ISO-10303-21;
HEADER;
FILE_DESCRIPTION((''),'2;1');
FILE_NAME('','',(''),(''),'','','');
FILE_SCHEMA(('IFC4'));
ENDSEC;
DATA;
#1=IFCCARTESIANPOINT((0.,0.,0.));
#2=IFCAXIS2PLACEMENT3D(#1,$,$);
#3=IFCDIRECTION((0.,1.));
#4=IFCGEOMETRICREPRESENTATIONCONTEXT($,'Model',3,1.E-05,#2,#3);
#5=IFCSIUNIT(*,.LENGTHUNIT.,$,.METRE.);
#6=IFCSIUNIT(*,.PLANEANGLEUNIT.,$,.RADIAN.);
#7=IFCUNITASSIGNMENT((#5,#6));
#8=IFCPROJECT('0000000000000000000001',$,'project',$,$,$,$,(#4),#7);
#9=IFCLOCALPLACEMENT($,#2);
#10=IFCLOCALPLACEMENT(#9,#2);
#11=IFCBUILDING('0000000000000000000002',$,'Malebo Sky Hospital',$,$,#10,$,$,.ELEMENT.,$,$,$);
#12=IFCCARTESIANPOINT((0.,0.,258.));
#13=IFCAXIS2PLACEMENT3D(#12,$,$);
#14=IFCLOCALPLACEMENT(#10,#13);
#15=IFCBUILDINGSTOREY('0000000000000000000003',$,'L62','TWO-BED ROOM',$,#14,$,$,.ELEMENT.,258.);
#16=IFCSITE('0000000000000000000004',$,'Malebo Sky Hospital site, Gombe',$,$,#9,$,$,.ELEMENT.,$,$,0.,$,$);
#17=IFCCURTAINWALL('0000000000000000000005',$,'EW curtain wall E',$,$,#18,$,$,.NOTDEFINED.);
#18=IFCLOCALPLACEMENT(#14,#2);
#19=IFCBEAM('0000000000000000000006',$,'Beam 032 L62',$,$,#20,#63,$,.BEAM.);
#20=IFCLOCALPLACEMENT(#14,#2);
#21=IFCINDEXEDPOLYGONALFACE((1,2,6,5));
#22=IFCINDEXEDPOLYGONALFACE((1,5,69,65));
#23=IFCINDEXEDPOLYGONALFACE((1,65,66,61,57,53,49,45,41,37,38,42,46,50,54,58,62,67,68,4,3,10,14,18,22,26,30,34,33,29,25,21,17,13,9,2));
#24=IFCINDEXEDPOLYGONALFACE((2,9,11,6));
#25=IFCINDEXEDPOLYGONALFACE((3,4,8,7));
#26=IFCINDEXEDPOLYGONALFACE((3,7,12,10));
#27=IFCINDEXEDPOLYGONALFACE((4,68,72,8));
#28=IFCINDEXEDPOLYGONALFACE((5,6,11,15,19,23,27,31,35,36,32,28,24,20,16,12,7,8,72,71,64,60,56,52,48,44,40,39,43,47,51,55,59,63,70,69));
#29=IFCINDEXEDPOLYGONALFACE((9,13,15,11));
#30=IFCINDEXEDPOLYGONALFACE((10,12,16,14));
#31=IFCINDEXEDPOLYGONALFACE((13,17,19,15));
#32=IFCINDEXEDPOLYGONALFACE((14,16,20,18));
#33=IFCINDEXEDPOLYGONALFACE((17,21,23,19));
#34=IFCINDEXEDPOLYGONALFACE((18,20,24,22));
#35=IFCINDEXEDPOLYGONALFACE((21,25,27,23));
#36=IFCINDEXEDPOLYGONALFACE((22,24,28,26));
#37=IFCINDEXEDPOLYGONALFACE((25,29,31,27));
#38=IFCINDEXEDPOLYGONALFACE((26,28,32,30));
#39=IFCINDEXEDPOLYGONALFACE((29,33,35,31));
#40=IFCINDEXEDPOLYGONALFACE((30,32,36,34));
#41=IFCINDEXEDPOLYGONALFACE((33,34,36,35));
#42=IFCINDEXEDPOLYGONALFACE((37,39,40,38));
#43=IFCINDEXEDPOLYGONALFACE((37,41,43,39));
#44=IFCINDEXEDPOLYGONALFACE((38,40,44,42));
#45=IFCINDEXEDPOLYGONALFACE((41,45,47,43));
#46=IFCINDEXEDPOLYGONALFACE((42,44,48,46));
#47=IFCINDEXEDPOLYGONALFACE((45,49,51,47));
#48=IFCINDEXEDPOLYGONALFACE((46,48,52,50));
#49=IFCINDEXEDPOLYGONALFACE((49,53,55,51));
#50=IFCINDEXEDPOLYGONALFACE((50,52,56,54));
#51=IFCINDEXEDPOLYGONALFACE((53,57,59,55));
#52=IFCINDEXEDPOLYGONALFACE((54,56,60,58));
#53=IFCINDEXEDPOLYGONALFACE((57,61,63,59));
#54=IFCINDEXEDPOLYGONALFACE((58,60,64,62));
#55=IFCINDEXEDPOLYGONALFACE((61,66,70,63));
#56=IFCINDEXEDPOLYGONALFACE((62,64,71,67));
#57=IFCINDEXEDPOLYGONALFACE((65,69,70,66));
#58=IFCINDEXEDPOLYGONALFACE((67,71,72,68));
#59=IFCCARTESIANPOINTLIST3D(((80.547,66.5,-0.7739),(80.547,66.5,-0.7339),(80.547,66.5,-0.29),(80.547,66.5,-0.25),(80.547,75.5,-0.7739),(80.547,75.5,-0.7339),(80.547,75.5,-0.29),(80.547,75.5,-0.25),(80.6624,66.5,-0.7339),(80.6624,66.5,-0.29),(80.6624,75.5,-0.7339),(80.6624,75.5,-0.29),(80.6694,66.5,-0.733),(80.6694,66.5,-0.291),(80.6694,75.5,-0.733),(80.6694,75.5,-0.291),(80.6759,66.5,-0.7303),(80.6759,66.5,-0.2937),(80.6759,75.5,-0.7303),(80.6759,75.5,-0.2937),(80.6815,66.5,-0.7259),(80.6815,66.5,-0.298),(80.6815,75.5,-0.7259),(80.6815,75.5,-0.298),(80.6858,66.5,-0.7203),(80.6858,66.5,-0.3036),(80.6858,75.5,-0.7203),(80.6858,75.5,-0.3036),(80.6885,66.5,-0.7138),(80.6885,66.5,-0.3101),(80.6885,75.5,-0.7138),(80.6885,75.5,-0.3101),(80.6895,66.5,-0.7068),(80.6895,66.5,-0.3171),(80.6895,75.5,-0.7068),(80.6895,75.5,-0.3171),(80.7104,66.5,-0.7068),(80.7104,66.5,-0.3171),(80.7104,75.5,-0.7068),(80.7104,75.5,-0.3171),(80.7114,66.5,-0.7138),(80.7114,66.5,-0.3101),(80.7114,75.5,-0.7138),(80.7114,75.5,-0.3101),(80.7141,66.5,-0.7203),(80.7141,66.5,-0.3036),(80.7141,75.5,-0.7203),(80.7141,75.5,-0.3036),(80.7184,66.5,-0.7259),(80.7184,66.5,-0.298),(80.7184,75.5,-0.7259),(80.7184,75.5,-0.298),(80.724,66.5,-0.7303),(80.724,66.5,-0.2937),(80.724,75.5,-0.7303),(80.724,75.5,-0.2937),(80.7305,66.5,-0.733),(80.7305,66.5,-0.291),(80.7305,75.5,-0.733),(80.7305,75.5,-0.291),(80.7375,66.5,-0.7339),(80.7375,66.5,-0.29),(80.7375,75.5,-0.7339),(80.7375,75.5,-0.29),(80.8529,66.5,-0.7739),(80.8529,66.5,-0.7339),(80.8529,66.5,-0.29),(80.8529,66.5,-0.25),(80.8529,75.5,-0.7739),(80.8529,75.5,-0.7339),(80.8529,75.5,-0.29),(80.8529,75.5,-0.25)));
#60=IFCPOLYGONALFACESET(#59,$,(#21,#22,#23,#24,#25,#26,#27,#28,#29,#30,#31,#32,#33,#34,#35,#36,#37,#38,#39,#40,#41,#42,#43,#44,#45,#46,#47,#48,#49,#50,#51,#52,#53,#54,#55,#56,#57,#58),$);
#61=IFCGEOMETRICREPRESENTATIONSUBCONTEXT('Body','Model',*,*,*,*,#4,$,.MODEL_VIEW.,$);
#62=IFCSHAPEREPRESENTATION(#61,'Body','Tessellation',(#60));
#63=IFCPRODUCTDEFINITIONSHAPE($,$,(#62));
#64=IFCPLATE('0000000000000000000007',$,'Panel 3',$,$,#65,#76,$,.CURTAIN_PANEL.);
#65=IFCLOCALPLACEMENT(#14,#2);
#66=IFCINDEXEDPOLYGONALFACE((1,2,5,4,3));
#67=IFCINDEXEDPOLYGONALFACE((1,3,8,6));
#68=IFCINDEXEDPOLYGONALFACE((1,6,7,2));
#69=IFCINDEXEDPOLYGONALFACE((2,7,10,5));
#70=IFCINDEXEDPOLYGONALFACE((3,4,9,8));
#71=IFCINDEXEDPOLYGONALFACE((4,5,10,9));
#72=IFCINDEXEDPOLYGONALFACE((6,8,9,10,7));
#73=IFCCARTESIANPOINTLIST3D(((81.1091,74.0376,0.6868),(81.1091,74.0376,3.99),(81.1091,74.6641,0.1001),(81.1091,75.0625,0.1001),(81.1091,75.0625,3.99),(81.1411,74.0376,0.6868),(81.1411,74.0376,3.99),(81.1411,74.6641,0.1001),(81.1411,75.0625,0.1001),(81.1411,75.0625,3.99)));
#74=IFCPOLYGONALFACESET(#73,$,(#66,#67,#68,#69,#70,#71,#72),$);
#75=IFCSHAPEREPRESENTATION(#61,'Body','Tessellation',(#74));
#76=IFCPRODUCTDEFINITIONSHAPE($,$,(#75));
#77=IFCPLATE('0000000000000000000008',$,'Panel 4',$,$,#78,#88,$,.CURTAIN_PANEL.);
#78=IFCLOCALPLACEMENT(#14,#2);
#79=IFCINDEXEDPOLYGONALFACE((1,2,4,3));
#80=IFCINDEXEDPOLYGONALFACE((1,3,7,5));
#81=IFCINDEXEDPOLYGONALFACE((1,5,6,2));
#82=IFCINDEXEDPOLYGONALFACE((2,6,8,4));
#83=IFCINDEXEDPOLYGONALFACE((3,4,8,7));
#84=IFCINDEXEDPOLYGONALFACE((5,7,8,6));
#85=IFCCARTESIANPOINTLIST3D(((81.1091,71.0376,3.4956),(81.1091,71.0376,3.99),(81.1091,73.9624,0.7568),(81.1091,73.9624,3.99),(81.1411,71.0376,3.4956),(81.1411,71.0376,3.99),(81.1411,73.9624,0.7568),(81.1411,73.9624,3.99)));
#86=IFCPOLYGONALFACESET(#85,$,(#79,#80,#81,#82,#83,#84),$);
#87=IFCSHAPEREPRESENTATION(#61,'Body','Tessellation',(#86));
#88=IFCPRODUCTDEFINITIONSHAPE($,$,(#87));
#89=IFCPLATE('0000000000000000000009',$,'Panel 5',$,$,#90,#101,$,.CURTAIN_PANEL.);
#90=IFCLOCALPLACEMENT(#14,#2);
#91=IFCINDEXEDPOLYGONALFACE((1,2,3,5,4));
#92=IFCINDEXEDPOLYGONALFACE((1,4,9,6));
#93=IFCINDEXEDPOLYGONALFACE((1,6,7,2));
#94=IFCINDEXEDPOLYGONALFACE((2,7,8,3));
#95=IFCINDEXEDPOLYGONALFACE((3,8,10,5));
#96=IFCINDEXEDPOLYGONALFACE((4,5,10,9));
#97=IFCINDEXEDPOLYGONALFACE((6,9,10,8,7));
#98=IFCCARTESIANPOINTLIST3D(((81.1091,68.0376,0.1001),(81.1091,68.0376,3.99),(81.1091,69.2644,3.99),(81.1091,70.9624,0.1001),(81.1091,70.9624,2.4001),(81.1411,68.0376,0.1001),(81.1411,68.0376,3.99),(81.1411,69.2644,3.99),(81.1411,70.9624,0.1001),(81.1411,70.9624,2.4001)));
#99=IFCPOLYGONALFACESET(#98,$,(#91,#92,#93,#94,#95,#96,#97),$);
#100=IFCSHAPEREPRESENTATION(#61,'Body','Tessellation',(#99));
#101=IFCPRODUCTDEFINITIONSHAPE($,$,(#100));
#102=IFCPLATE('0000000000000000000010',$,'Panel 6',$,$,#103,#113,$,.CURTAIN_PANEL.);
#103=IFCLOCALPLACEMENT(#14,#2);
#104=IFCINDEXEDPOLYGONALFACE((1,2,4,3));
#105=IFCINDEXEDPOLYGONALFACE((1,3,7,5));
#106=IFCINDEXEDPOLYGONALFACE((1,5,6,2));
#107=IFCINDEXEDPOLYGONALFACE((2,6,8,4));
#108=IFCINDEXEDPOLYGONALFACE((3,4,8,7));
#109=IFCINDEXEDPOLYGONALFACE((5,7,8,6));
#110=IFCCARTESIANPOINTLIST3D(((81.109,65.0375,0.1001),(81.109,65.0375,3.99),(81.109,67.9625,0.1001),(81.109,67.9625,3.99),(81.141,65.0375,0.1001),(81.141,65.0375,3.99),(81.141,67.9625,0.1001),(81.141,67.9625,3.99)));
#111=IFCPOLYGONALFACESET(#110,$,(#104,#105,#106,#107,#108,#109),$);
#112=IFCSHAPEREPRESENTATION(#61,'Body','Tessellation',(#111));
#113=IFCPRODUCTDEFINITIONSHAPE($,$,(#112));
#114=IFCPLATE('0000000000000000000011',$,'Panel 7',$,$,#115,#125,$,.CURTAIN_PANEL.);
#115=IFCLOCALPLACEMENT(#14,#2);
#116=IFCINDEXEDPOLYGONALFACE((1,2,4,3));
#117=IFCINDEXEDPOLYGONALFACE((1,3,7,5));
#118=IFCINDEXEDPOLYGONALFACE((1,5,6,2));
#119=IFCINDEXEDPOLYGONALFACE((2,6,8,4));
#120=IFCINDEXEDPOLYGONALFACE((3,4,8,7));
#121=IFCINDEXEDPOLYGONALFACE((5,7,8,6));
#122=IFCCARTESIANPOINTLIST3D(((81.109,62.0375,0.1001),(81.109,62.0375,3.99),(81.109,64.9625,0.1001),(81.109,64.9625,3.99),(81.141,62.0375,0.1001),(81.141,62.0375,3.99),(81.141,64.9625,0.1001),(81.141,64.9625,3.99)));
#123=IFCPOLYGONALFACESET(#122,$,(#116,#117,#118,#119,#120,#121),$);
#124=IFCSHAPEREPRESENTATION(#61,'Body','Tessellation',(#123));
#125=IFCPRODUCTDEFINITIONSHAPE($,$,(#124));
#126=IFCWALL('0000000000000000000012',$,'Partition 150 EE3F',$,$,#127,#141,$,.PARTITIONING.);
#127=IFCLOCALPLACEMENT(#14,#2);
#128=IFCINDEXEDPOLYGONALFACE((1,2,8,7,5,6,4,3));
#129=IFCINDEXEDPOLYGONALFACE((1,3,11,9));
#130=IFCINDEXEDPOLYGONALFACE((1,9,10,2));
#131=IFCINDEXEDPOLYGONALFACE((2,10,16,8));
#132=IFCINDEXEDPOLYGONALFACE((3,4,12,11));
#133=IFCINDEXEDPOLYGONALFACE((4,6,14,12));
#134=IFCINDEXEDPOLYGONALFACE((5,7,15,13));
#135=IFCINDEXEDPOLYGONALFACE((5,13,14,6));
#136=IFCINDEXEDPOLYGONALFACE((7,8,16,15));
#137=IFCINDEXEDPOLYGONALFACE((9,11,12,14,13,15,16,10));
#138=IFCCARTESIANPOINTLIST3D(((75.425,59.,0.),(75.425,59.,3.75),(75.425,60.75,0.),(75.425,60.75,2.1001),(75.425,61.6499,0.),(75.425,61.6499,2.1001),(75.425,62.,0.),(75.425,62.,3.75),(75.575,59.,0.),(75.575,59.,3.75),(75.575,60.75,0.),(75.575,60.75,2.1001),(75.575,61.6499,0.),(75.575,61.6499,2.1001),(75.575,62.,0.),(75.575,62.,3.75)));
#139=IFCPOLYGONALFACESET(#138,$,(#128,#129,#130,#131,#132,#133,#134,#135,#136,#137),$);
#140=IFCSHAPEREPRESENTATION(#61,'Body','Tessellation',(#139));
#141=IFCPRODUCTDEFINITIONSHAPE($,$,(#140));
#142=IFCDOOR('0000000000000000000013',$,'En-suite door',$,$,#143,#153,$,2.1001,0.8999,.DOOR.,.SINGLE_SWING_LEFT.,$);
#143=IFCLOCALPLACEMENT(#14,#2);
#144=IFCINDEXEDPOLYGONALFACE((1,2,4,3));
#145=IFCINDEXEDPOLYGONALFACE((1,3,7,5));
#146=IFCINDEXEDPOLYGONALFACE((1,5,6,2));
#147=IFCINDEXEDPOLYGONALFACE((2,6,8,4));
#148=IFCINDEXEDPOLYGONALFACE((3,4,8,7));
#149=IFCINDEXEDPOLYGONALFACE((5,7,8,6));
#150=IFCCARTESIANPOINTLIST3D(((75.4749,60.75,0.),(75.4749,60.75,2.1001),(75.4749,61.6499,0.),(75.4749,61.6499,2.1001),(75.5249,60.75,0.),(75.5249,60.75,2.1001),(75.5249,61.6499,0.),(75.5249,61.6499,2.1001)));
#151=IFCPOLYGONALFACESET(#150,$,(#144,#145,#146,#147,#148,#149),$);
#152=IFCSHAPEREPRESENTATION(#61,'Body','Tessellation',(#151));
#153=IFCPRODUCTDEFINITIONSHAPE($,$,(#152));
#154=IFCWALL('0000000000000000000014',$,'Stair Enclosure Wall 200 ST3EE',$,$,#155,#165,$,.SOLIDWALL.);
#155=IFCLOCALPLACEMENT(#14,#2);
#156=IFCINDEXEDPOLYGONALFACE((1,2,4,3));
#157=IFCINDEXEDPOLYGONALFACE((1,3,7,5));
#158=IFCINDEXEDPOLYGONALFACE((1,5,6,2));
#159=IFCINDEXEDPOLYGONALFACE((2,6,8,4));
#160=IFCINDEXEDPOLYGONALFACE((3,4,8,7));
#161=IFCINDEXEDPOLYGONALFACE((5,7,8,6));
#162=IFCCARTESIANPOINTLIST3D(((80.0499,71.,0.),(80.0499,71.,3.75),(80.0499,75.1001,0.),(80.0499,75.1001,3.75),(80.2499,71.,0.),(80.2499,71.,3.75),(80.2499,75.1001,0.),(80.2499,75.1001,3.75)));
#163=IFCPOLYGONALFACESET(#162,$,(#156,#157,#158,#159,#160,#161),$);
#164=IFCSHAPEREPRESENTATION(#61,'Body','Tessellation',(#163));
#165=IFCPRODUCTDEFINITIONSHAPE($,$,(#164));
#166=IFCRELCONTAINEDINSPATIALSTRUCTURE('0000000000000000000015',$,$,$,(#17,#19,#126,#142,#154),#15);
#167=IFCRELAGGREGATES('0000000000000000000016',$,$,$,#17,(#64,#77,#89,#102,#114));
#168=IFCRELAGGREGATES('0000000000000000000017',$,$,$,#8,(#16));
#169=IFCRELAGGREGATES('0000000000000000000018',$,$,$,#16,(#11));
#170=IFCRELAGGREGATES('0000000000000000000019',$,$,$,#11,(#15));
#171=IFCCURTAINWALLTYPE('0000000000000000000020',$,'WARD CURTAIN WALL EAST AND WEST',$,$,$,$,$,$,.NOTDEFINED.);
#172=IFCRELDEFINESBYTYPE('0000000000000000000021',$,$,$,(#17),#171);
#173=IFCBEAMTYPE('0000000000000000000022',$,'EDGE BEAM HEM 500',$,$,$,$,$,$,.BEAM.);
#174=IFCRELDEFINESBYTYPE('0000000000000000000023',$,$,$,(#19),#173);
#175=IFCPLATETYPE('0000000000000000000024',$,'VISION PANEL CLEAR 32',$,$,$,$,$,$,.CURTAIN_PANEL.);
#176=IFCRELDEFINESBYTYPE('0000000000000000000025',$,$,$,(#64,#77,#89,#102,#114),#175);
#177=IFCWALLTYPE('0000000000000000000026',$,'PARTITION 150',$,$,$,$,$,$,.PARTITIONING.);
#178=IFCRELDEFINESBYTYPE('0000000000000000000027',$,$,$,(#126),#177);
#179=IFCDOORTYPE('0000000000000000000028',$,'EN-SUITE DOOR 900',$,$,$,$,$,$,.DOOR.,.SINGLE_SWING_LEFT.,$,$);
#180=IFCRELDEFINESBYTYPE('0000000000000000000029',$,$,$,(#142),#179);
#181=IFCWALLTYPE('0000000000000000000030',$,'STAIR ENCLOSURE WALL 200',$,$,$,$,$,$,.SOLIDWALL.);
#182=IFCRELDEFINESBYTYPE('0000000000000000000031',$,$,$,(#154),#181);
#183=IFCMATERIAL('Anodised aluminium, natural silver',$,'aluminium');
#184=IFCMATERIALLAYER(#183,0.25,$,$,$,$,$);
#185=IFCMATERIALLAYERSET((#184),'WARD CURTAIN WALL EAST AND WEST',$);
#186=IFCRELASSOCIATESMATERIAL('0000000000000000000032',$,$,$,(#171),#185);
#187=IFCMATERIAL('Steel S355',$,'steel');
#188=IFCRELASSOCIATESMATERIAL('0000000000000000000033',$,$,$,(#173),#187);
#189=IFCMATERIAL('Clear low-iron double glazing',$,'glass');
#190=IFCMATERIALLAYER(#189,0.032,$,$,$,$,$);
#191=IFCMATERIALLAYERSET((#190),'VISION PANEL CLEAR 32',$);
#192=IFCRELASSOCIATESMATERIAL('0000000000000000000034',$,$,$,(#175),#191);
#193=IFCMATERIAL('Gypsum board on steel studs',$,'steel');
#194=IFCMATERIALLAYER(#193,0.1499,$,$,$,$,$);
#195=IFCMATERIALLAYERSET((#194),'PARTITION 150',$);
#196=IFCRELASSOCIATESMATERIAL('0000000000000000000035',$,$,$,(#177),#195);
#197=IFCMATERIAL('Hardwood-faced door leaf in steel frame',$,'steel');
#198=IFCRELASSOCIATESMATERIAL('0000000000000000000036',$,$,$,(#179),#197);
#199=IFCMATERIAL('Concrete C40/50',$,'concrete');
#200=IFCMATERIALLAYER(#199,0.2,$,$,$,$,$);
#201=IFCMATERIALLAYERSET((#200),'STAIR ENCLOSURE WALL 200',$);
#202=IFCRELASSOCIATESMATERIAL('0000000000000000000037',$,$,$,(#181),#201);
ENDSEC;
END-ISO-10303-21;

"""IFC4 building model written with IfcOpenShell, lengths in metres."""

from ifc_helpers import new_model, si_unit, direction, frame, frame_2d, origin, origin_2d, place, context, subcontext, project, spatial, polyline, rectangle, i_section, outline, extrude, material, layer, layer_set, material_profile, profile_set, type_object, element, fill, aggregate, save


model = new_model("IFC4")

# Units and contexts
model_context = context("Model", 3, precision=1e-05, world=origin(), true_north=direction((0.0, 1.0)))
body_context = subcontext(model_context, "Body", "Model", "MODEL_VIEW")
ifc_project = project(units=[si_unit("LENGTHUNIT", "METRE"), si_unit("PLANEANGLEUNIT", "RADIAN")], contexts=[model_context])

# Site, building, storey
site_placement = place(None, origin())
site = spatial("IfcSite", under=ifc_project, at=site_placement, Name="Malebo Sky Hospital site, Gombe", CompositionType="ELEMENT", RefElevation=0.0)
building_placement = place(site_placement, origin())
building = spatial("IfcBuilding", under=site, at=building_placement, Name="Malebo Sky Hospital", CompositionType="ELEMENT")
storey_placement = place(building_placement, frame((0.0, 0.0, 258.0)))
storey = spatial("IfcBuildingStorey", under=building, at=storey_placement, Name="L62", Description="TWO-BED ROOM", CompositionType="ELEMENT", Elevation=258.0)

# Curtain wall
ifc_material_1 = material(Name="Anodised aluminium, natural silver", Category="aluminium")
ifc_layer_1 = layer(ifc_material_1, 0.25)
ifc_layer_set_1 = layer_set([ifc_layer_1], Name="WARD CURTAIN WALL EAST AND WEST")
curtain_wall_type = type_object("IfcCurtainWallType", Name="WARD CURTAIN WALL EAST AND WEST", PredefinedType="NOTDEFINED", material=ifc_layer_set_1)
curtain_wall_placement = place(storey_placement, origin())
curtain_wall = element("IfcCurtainWall", 1, at=curtain_wall_placement, inside=storey, type_object=curtain_wall_type, Name="EW curtain wall E", PredefinedType="NOTDEFINED")

# Shared definitions
ifc_material_2 = material(Name="Steel S355", Category="steel")

# Beam
ifc_material_profile_1 = material_profile(ifc_material_2, i_section(OverallWidth=0.3059, OverallDepth=0.5239, WebThickness=0.021, FlangeThickness=0.04, FilletRadius=0.0271, at=origin_2d()), Name="HEM 500")
ifc_profile_set_1 = profile_set([ifc_material_profile_1], Name="Steel S355")
beam_type = type_object("IfcBeamType", Name="EDGE BEAM HEM 500", PredefinedType="BEAM", material=ifc_profile_set_1)
beam_placement = place(storey_placement, frame((80.7, 66.5, -0.512), z_axis=(0.0, 1.0, 0.0), x_axis=(-1.0, 0.0, 0.0)))
element("IfcBeam", 2, at=beam_placement, inside=storey, type_object=beam_type, Name="Beam 032 L62", PredefinedType="BEAM", context=body_context, shape_type="SweptSolid", body=[
    extrude(i_section(OverallWidth=0.3059, OverallDepth=0.5239, WebThickness=0.021, FlangeThickness=0.04, FilletRadius=0.0271, at=origin_2d()), origin(), (0.0, 0.0, 1.0), 9.0),
])

# Plates
ifc_material_3 = material(Name="Clear low-iron double glazing", Category="glass")
ifc_layer_2 = layer(ifc_material_3, 0.032)
ifc_layer_set_2 = layer_set([ifc_layer_2], Name="VISION PANEL CLEAR 32")
plate_type = type_object("IfcPlateType", Name="VISION PANEL CLEAR 32", PredefinedType="CURTAIN_PANEL", material=ifc_layer_set_2)
plate_1_placement = place(storey_placement, frame((81.125, 74.55, 0.1001), z_axis=(0.0, 0.0, 1.0), x_axis=(0.0, -1.0, 0.0)))
plate_1 = element("IfcPlate", 3, at=plate_1_placement, type_object=plate_type, Name="Panel 3", PredefinedType="CURTAIN_PANEL", context=body_context, shape_type="SweptSolid", body=[
    extrude(outline(polyline([(-0.5125, 0.0), (-0.114, 0.0), (0.5125, 0.5867), (0.5125, 3.8899), (-0.5125, 3.8899), (-0.5125, 0.0)])), frame((0.0, 0.0161, 0.0), z_axis=(0.0, -1.0, 0.0), x_axis=(1.0, 0.0, 0.0)), (0.0, 0.0, 1.0), 0.032),
])
plate_2_placement = place(storey_placement, frame((81.125, 72.5, 0.7568), z_axis=(0.0, 0.0, 1.0), x_axis=(0.0, -1.0, 0.0)))
plate_2 = element("IfcPlate", 4, at=plate_2_placement, type_object=plate_type, Name="Panel 4", PredefinedType="CURTAIN_PANEL", context=body_context, shape_type="SweptSolid", body=[
    extrude(outline(polyline([(-1.4624, 0.0), (1.4624, 2.7388), (1.4624, 3.2332), (-1.4624, 3.2332), (-1.4624, 0.0)])), frame((0.0, 0.0161, 0.0), z_axis=(0.0, -1.0, 0.0), x_axis=(1.0, 0.0, 0.0)), (0.0, 0.0, 1.0), 0.032),
])
plate_3_placement = place(storey_placement, frame((81.125, 69.5, 0.1001), z_axis=(0.0, 0.0, 1.0), x_axis=(0.0, -1.0, 0.0)))
plate_3 = element("IfcPlate", 5, at=plate_3_placement, type_object=plate_type, Name="Panel 5", PredefinedType="CURTAIN_PANEL", context=body_context, shape_type="SweptSolid", body=[
    extrude(outline(polyline([(-1.4624, 0.0), (1.4624, 0.0), (1.4624, 3.8899), (0.2356, 3.8899), (-1.4624, 2.3), (-1.4624, 0.0)])), frame((0.0, 0.0161, 0.0), z_axis=(0.0, -1.0, 0.0), x_axis=(1.0, 0.0, 0.0)), (0.0, 0.0, 1.0), 0.032),
])
plate_4_placement = place(storey_placement, frame((81.125, 66.5, 0.1001), z_axis=(0.0, 0.0, 1.0), x_axis=(0.0, -1.0, 0.0)))
plate_4 = element("IfcPlate", 6, at=plate_4_placement, type_object=plate_type, Name="Panel 6", PredefinedType="CURTAIN_PANEL", context=body_context, shape_type="SweptSolid", body=[
    extrude(rectangle(XDim=2.925, YDim=0.032, at=origin_2d()), origin(), (0.0, 0.0, 1.0), 3.8899),
])
plate_5_placement = place(storey_placement, frame((81.125, 63.5, 0.1001), z_axis=(0.0, 0.0, 1.0), x_axis=(0.0, -1.0, 0.0)))
plate_5 = element("IfcPlate", 7, at=plate_5_placement, type_object=plate_type, Name="Panel 7", PredefinedType="CURTAIN_PANEL", context=body_context, shape_type="SweptSolid", body=[
    extrude(rectangle(XDim=2.925, YDim=0.032, at=origin_2d()), origin(), (0.0, 0.0, 1.0), 3.8899),
])
aggregate(curtain_wall, [plate_1, plate_2, plate_3, plate_4, plate_5])

# Wall, opening, door
ifc_material_4 = material(Name="Gypsum board on steel studs", Category="steel")
ifc_layer_3 = layer(ifc_material_4, 0.1499)
ifc_layer_set_3 = layer_set([ifc_layer_3], Name="PARTITION 150")
wall_type_1 = type_object("IfcWallType", Name="PARTITION 150", PredefinedType="PARTITIONING", material=ifc_layer_set_3)
wall_1_placement = place(storey_placement, frame((75.5, 62.0, 0.0), z_axis=(0.0, 0.0, 1.0), x_axis=(0.0, -1.0, 0.0)))
wall_1 = element("IfcWall", 8, at=wall_1_placement, inside=storey, type_object=wall_type_1, Name="Partition 150 EE3F", PredefinedType="PARTITIONING", context=body_context, shape_type="SweptSolid", body=[
    extrude(rectangle(XDim=3.0, YDim=0.1499, at=frame_2d((1.5, 0.0))), origin(), (0.0, 0.0, 1.0), 3.75),
])
opening_placement = place(wall_1_placement, frame((0.3501, 0.0, 0.0)))
opening = element("IfcOpeningElement", 9, at=opening_placement, cuts=wall_1, PredefinedType="OPENING", context=body_context, shape_type="SweptSolid", body=[
    extrude(rectangle(XDim=0.8999, YDim=2.1001, at=frame_2d((0.45, 1.05))), frame((0.0, 0.085, 0.0), z_axis=(0.0, -1.0, 0.0), x_axis=(1.0, 0.0, 0.0)), (0.0, 0.0, 1.0), 0.1699),
])
ifc_material_5 = material(Name="Hardwood-faced door leaf in steel frame", Category="steel")
door_type = type_object("IfcDoorType", Name="EN-SUITE DOOR 900", OperationType="SINGLE_SWING_LEFT", PredefinedType="DOOR", material=ifc_material_5)
door_placement = place(opening_placement, origin())
door = element("IfcDoor", 10, at=door_placement, inside=storey, type_object=door_type, Name="En-suite door", OperationType="SINGLE_SWING_LEFT", OverallHeight=2.1001, OverallWidth=0.8999, PredefinedType="DOOR", context=body_context, shape_type="SweptSolid", body=[
    extrude(rectangle(XDim=0.8999, YDim=2.1001, at=frame_2d((0.45, 1.05))), frame((0.0, 0.0249, 0.0), z_axis=(0.0, -1.0, 0.0), x_axis=(1.0, 0.0, 0.0)), (0.0, 0.0, 1.0), 0.05),
])
fill(opening, door)

# Wall
ifc_material_6 = material(Name="Concrete C40/50", Category="concrete")
ifc_layer_4 = layer(ifc_material_6, 0.2)
ifc_layer_set_4 = layer_set([ifc_layer_4], Name="STAIR ENCLOSURE WALL 200")
wall_type_2 = type_object("IfcWallType", Name="STAIR ENCLOSURE WALL 200", PredefinedType="SOLIDWALL", material=ifc_layer_set_4)
wall_2_placement = place(storey_placement, frame((80.1499, 71.0, 0.0), z_axis=(0.0, 0.0, 1.0), x_axis=(0.0, 1.0, 0.0)))
element("IfcWall", 11, at=wall_2_placement, inside=storey, type_object=wall_type_2, Name="Stair Enclosure Wall 200 ST3EE", PredefinedType="SOLIDWALL", context=body_context, shape_type="SweptSolid", body=[
    extrude(rectangle(XDim=4.1001, YDim=0.2, at=frame_2d((2.05, 0.0))), origin(), (0.0, 0.0, 1.0), 3.75),
])

save(model, "model.ifc")
